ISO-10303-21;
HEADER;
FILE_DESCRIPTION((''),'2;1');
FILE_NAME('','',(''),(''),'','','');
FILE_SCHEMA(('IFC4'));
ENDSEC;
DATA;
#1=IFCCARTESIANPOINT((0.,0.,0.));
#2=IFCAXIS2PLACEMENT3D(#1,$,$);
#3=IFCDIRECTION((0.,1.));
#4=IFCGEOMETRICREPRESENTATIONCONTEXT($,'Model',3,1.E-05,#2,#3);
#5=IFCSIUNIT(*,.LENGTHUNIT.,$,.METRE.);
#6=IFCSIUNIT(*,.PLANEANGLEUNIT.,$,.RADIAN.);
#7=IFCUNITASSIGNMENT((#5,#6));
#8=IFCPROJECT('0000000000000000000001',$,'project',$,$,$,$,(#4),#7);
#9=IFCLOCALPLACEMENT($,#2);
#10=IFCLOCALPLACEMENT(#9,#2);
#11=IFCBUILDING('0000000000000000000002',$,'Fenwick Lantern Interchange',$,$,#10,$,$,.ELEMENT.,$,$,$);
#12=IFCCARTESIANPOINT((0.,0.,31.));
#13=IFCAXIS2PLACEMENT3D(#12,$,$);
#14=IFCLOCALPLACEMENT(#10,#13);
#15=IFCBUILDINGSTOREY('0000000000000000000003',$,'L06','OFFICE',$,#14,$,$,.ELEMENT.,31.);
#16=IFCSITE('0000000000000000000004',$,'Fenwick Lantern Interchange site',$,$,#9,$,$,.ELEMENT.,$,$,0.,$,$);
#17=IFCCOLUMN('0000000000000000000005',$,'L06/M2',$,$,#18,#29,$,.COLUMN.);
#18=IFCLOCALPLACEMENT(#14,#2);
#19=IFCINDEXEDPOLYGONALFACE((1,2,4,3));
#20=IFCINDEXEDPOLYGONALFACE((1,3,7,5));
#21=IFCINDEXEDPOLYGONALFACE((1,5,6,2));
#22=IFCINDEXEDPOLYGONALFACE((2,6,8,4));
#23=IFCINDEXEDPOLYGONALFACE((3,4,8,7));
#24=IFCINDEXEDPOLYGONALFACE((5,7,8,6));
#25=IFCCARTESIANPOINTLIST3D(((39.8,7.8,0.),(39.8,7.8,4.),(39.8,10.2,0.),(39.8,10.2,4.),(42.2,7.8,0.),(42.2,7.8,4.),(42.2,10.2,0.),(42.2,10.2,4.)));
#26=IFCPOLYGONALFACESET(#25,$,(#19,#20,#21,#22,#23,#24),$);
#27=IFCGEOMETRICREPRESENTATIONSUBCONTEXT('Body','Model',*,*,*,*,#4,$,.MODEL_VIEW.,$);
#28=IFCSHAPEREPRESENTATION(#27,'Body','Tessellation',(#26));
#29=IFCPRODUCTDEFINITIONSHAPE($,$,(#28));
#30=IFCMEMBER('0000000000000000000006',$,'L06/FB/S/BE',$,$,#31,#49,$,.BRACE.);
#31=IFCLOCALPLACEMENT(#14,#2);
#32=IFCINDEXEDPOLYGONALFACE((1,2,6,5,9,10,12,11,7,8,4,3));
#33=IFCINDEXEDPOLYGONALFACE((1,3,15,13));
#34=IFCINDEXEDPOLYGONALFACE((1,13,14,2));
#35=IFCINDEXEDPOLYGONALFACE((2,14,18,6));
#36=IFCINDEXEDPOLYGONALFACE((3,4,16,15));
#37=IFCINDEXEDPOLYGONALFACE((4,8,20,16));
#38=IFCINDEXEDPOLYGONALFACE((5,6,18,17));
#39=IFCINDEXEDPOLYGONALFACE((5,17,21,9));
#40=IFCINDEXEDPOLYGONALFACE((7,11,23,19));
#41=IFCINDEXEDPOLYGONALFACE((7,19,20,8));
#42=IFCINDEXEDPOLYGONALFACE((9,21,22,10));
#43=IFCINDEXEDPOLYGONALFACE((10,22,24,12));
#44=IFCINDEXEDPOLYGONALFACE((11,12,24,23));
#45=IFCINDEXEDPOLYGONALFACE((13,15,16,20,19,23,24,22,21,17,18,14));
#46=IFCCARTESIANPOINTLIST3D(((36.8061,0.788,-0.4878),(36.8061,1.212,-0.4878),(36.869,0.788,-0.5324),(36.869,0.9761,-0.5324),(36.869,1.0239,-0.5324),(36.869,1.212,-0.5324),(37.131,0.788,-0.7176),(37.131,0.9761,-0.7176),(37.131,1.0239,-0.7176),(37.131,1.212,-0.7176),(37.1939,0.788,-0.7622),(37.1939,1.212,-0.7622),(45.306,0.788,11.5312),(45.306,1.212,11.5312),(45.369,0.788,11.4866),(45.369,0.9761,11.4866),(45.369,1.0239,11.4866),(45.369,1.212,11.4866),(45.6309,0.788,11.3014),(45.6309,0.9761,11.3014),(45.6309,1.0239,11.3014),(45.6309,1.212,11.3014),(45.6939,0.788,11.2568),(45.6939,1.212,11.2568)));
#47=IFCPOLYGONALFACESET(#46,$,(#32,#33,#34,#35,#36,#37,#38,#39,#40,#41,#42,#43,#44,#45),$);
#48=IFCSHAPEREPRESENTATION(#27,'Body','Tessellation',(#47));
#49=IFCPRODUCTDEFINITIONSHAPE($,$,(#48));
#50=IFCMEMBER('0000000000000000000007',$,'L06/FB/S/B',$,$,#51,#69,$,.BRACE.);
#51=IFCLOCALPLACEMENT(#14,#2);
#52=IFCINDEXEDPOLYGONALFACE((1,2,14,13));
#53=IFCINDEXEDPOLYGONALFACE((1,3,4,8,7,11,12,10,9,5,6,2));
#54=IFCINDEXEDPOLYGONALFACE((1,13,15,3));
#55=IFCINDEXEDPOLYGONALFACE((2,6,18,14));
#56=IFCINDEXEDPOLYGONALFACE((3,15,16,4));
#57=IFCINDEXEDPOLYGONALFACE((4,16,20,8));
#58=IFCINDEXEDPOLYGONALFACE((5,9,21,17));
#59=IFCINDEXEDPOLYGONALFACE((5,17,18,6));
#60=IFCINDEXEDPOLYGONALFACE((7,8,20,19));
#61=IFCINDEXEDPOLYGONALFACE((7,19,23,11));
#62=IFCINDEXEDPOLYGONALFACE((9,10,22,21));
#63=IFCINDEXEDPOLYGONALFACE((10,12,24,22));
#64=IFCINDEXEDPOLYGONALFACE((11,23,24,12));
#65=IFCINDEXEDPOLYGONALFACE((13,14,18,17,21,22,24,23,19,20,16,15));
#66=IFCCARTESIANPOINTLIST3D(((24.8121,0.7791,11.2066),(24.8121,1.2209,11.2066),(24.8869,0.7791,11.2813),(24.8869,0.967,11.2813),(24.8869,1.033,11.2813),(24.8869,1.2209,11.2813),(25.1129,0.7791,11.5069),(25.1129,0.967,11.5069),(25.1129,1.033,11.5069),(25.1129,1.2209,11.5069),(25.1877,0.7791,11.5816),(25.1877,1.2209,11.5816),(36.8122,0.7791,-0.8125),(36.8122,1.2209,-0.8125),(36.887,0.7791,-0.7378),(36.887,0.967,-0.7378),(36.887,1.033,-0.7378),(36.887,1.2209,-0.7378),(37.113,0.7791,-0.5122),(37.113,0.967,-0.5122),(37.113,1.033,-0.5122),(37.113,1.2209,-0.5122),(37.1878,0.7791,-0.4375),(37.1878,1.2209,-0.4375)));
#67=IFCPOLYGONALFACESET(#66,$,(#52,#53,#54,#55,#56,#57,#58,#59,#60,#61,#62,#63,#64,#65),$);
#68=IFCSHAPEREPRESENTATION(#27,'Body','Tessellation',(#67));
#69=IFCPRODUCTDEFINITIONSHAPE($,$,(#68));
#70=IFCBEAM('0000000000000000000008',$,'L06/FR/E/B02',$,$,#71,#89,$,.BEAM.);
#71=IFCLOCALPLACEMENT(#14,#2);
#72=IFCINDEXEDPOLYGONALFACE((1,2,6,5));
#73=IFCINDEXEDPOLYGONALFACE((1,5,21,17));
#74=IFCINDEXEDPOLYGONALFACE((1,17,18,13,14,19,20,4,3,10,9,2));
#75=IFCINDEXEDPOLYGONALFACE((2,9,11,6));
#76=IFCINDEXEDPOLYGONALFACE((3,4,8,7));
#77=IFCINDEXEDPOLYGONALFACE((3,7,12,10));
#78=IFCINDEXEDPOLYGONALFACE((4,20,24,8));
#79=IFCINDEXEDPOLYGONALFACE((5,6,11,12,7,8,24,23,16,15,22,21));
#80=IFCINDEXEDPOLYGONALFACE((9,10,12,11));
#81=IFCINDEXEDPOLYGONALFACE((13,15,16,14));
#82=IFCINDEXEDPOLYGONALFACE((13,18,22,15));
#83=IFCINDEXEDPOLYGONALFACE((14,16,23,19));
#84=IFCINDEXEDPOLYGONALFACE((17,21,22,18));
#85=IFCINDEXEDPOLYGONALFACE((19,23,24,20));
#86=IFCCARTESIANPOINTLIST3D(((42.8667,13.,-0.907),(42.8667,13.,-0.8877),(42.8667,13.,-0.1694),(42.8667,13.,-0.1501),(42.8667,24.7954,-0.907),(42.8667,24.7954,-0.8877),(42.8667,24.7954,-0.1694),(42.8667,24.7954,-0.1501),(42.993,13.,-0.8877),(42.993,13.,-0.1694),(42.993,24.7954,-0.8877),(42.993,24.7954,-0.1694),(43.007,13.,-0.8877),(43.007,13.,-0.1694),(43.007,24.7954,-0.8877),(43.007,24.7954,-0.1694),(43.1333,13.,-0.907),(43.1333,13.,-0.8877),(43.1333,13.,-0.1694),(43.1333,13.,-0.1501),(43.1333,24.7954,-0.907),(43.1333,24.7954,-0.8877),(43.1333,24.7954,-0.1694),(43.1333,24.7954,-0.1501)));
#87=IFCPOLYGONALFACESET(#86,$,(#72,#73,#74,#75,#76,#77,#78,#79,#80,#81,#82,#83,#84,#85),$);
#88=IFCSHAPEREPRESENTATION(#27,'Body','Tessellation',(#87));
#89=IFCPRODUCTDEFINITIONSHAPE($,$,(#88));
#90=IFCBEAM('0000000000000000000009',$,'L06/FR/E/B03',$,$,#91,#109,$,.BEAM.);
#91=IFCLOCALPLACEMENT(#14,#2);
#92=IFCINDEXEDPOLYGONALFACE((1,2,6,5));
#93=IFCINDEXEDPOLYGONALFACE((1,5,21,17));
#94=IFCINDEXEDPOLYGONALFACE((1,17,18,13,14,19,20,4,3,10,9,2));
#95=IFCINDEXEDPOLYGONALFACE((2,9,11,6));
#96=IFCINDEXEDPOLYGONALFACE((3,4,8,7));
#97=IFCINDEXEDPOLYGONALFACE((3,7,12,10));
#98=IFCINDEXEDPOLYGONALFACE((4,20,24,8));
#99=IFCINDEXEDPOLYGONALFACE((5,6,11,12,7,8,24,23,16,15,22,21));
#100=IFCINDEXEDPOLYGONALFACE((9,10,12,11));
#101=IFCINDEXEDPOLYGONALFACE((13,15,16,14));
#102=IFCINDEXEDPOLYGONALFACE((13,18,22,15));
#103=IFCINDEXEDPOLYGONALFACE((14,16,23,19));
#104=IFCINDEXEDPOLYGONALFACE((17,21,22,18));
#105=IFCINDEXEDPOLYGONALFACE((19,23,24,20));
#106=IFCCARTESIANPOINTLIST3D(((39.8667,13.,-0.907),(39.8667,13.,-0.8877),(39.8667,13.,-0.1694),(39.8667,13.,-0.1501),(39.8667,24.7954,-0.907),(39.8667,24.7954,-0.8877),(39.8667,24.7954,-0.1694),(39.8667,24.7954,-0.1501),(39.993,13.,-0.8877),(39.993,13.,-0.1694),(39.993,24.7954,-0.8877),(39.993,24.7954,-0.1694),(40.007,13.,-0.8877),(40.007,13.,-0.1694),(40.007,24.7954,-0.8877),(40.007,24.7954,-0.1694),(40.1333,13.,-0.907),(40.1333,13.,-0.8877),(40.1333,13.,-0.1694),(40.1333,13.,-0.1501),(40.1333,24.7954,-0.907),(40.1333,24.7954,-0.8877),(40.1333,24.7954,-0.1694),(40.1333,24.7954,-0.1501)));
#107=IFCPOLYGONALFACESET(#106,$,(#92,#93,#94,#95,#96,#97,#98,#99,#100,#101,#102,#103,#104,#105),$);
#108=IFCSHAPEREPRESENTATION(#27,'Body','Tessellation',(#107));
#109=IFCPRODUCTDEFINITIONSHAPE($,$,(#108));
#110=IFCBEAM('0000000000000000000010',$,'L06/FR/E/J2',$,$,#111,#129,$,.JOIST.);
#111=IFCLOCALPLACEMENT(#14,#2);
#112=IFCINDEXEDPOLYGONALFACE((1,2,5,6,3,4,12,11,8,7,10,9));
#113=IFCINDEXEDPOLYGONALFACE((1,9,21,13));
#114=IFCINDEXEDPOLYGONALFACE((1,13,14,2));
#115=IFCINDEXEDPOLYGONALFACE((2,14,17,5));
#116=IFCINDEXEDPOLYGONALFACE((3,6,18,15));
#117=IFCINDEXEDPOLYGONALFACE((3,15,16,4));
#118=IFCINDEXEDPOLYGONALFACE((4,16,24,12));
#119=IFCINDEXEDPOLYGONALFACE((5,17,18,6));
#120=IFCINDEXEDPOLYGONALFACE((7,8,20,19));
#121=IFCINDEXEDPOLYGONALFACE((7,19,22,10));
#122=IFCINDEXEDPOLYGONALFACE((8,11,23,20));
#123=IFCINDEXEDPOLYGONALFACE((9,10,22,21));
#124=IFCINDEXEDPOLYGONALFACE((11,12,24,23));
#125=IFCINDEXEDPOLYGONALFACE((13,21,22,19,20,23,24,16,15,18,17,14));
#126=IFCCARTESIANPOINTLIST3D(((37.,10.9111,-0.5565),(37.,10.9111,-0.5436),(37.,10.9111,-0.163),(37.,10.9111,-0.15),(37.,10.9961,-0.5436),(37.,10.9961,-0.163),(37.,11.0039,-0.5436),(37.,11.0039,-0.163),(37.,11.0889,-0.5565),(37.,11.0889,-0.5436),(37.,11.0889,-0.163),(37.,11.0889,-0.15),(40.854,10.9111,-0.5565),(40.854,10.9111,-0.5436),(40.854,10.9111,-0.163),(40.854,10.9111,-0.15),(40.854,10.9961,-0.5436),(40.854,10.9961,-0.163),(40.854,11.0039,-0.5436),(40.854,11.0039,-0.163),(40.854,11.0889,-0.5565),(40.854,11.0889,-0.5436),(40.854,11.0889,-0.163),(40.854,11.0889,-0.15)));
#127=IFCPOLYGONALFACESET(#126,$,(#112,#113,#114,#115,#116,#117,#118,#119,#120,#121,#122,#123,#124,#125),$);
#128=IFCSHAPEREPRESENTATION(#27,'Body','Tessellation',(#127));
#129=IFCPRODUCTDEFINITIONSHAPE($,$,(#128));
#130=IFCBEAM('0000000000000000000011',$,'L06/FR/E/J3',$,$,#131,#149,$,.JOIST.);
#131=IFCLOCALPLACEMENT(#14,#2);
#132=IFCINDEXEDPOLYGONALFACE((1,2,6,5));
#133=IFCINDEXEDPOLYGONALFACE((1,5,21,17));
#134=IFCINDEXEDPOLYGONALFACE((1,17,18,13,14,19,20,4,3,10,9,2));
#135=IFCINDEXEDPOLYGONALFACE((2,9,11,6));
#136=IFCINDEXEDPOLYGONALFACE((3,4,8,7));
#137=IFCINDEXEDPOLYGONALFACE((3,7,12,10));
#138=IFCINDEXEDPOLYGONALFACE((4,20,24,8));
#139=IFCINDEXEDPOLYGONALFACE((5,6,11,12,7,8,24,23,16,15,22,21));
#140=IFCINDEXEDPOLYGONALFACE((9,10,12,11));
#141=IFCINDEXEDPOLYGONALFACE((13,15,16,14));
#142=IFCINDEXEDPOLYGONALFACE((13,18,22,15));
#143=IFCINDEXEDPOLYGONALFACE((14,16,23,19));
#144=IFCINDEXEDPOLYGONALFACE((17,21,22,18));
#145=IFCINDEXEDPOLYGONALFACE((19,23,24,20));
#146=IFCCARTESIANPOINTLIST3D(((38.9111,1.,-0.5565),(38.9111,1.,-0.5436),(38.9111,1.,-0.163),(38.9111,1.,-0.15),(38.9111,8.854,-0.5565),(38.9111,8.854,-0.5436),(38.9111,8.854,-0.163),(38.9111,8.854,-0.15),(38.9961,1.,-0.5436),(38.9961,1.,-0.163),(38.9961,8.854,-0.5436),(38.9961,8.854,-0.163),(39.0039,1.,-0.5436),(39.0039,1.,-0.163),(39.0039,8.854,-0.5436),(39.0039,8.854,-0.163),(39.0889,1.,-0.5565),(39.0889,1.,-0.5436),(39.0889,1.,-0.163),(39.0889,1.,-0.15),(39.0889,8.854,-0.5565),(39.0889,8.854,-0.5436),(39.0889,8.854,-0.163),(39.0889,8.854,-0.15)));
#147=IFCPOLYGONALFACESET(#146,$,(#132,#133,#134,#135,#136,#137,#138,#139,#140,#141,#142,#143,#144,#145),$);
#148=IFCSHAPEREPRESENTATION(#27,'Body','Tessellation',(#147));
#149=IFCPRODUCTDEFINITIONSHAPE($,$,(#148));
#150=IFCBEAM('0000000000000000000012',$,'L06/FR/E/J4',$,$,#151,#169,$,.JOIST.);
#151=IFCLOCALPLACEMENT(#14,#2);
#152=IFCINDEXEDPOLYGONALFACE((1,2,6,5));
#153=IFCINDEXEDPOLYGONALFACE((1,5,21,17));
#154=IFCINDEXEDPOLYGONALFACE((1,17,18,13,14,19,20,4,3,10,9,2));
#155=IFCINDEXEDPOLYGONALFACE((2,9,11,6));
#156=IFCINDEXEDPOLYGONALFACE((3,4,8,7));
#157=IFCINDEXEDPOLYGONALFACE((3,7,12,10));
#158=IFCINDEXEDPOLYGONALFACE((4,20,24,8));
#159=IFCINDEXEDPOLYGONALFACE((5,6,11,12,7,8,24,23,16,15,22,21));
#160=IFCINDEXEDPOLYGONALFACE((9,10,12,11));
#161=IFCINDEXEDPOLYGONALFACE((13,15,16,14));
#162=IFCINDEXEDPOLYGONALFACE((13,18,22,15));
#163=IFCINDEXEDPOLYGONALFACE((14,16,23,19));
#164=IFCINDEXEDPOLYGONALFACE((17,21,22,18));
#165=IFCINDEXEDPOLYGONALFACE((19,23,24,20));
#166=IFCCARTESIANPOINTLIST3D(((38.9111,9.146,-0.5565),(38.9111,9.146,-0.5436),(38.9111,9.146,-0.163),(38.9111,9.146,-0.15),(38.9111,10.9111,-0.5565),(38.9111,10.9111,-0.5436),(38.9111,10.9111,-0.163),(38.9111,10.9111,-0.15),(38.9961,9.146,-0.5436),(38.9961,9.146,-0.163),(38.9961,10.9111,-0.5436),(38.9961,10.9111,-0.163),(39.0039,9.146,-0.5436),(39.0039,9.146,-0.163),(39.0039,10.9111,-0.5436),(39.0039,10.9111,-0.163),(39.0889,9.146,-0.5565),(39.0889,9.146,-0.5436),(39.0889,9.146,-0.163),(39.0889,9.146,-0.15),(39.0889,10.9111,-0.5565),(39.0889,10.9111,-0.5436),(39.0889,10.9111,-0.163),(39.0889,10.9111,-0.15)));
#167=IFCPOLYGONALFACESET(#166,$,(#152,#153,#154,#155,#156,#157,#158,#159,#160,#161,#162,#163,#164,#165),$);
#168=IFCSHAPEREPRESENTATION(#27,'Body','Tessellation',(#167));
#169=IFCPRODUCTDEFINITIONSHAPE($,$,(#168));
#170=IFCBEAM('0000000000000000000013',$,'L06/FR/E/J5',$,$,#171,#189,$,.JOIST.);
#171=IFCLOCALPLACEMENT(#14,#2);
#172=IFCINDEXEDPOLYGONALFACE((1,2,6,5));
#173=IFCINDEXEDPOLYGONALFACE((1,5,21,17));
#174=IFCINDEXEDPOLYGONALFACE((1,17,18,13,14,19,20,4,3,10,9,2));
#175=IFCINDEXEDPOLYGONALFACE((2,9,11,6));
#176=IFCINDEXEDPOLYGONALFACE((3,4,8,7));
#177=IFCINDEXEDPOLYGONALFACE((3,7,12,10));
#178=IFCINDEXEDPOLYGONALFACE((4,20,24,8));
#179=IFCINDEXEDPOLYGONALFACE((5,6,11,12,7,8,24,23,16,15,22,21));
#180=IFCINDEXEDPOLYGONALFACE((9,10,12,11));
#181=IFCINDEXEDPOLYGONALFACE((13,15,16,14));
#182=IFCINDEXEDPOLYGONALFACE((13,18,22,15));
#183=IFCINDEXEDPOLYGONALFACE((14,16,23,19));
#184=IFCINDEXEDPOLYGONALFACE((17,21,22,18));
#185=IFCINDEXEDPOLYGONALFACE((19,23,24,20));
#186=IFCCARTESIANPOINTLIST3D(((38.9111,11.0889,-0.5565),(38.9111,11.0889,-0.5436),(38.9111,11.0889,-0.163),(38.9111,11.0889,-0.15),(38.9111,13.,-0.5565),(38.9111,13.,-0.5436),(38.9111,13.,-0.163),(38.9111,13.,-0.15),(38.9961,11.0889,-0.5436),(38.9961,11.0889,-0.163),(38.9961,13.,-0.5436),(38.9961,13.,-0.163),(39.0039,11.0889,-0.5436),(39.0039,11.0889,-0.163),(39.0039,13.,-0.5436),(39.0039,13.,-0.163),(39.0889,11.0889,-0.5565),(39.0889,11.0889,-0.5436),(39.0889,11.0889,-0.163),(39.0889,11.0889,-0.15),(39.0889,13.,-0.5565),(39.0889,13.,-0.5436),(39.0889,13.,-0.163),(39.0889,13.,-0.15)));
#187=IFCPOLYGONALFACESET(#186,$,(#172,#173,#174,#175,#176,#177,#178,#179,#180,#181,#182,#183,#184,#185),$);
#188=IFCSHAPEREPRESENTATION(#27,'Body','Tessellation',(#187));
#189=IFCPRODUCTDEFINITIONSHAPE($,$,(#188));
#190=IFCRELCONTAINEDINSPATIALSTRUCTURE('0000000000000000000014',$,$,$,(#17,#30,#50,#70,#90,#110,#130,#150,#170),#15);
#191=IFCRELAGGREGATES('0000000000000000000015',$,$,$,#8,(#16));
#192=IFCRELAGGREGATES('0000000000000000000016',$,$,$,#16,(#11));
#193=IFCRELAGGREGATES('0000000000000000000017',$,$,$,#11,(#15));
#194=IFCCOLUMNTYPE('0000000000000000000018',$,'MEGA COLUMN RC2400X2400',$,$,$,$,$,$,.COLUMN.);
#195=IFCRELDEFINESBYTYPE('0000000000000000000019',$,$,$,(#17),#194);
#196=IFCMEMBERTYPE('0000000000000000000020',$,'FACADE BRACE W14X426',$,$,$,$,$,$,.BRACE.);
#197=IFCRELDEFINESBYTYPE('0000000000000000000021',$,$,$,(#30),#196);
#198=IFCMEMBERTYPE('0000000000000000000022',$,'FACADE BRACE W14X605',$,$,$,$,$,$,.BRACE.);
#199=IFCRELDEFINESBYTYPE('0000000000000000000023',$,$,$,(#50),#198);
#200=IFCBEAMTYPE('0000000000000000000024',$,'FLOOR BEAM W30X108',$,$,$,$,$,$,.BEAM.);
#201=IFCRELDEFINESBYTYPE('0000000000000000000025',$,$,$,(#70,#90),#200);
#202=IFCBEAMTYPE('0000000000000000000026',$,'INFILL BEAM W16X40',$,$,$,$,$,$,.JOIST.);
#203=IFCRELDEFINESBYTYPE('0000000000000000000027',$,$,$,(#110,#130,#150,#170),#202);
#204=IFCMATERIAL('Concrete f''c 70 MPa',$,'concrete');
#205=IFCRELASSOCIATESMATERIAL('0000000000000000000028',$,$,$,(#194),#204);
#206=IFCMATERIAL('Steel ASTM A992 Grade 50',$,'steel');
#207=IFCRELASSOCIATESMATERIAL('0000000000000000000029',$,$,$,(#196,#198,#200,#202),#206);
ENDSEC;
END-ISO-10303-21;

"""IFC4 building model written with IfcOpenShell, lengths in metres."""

from ifc_helpers import new_model, si_unit, direction, frame, origin, origin_2d, place, context, subcontext, project, spatial, rectangle, i_section, extrude, material, material_profile, profile_set, type_object, element, save


model = new_model("IFC4")

# Units and contexts
model_context = context("Model", 3, precision=1e-05, world=origin(), true_north=direction((0.0, 1.0)))
body_context = subcontext(model_context, "Body", "Model", "MODEL_VIEW")
ifc_project = project(units=[si_unit("LENGTHUNIT", "METRE"), si_unit("PLANEANGLEUNIT", "RADIAN")], contexts=[model_context])

# Site, building, storey
site_placement = place(None, origin())
site = spatial("IfcSite", under=ifc_project, at=site_placement, Name="Fenwick Lantern Interchange site", CompositionType="ELEMENT", RefElevation=0.0)
building_placement = place(site_placement, origin())
building = spatial("IfcBuilding", under=site, at=building_placement, Name="Fenwick Lantern Interchange", CompositionType="ELEMENT")
storey_placement = place(building_placement, frame((0.0, 0.0, 31.0)))
storey = spatial("IfcBuildingStorey", under=building, at=storey_placement, Name="L06", Description="OFFICE", CompositionType="ELEMENT", Elevation=31.0)

# Column
ifc_material_1 = material(Name="Concrete f'c 70 MPa", Category="concrete")
ifc_material_profile_1 = material_profile(ifc_material_1, rectangle(XDim=2.3999, YDim=2.3999, at=origin_2d()), Name="RC2400X2400")
ifc_profile_set_1 = profile_set([ifc_material_profile_1], Name="Concrete f'c 70 MPa")
column_type = type_object("IfcColumnType", Name="MEGA COLUMN RC2400X2400", PredefinedType="COLUMN", material=ifc_profile_set_1)
column_placement = place(storey_placement, frame((41.0, 9.0, 0.0), z_axis=(0.0, 0.0, 1.0), x_axis=(1.0, 0.0, 0.0)))
element("IfcColumn", 1, at=column_placement, inside=storey, type_object=column_type, Name="L06/M2", PredefinedType="COLUMN", context=body_context, shape_type="SweptSolid", body=[
    extrude(rectangle(XDim=2.3999, YDim=2.3999, at=origin_2d()), origin(), (0.0, 0.0, 1.0), 4.0),
])

# Members
ifc_material_2 = material(Name="Steel ASTM A992 Grade 50", Category="steel")
ifc_material_profile_2 = material_profile(ifc_material_2, i_section(OverallWidth=0.4241, OverallDepth=0.4751, WebThickness=0.0479, FlangeThickness=0.0771, at=origin_2d()), Name="W14X426")
ifc_profile_set_2 = profile_set([ifc_material_profile_2], Name="Steel ASTM A992 Grade 50")
member_type_1 = type_object("IfcMemberType", Name="FACADE BRACE W14X426", PredefinedType="BRACE", material=ifc_profile_set_2)
member_1_placement = place(storey_placement, frame((37.0, 1.0, -0.625), z_axis=(0.577407, 0.0, 0.816456), x_axis=(0.0, 1.0, 0.0)))
element("IfcMember", 2, at=member_1_placement, inside=storey, type_object=member_type_1, Name="L06/FB/S/BE", PredefinedType="BRACE", context=body_context, shape_type="SweptSolid", body=[
    extrude(i_section(OverallWidth=0.4241, OverallDepth=0.4751, WebThickness=0.0479, FlangeThickness=0.0771, at=origin_2d()), origin(), (0.0, 0.0, 1.0), 14.7209),
])
ifc_material_profile_3 = material_profile(ifc_material_2, i_section(OverallWidth=0.4419, OverallDepth=0.5308, WebThickness=0.0659, FlangeThickness=0.1057, at=origin_2d()), Name="W14X605")
ifc_profile_set_3 = profile_set([ifc_material_profile_3], Name="Steel ASTM A992 Grade 50")
member_type_2 = type_object("IfcMemberType", Name="FACADE BRACE W14X605", PredefinedType="BRACE", material=ifc_profile_set_3)
member_2_placement = place(storey_placement, frame((37.0, 1.0, -0.625), z_axis=(-0.706546, 0.0, 0.707667), x_axis=(0.0, -1.0, 0.0)))
element("IfcMember", 3, at=member_2_placement, inside=storey, type_object=member_type_2, Name="L06/FB/S/B", PredefinedType="BRACE", context=body_context, shape_type="SweptSolid", body=[
    extrude(i_section(OverallWidth=0.4419, OverallDepth=0.5308, WebThickness=0.0659, FlangeThickness=0.1057, at=origin_2d()), origin(), (0.0, 0.0, 1.0), 16.9841),
])

# Beams
ifc_material_profile_4 = material_profile(ifc_material_2, i_section(OverallWidth=0.2666, OverallDepth=0.7568, WebThickness=0.0139, FlangeThickness=0.0193, at=origin_2d()), Name="W30X108")
ifc_profile_set_4 = profile_set([ifc_material_profile_4], Name="Steel ASTM A992 Grade 50")
beam_type_1 = type_object("IfcBeamType", Name="FLOOR BEAM W30X108", PredefinedType="BEAM", material=ifc_profile_set_4)
for number, where, z_axis, x_axis, name in (
    (4, (43.0, 13.0, -0.5286), (0.0, 1.0, 0.0), (-1.0, 0.0, 0.0), "L06/FR/E/B02"),
    (5, (40.0, 13.0, -0.5286), (0.0, 1.0, 0.0), (-1.0, 0.0, 0.0), "L06/FR/E/B03"),
):
    element("IfcBeam", number, at=place(storey_placement, frame(where, z_axis=z_axis, x_axis=x_axis)), inside=storey, type_object=beam_type_1, Name=name, PredefinedType="BEAM", context=body_context, shape_type="SweptSolid", body=[
        extrude(i_section(OverallWidth=0.2666, OverallDepth=0.7568, WebThickness=0.0139, FlangeThickness=0.0193, at=origin_2d()), origin(), (0.0, 0.0, 1.0), 11.7954),
    ])
ifc_material_profile_5 = material_profile(ifc_material_2, i_section(OverallWidth=0.1777, OverallDepth=0.4065, WebThickness=0.0078, FlangeThickness=0.0129, at=origin_2d()), Name="W16X40")
ifc_profile_set_5 = profile_set([ifc_material_profile_5], Name="Steel ASTM A992 Grade 50")
beam_type_2 = type_object("IfcBeamType", Name="INFILL BEAM W16X40", PredefinedType="JOIST", material=ifc_profile_set_5)
beam_1_placement = place(storey_placement, frame((40.854, 11.0, -0.3533), z_axis=(-1.0, 0.0, 0.0), x_axis=(0.0, -1.0, 0.0)))
element("IfcBeam", 6, at=beam_1_placement, inside=storey, type_object=beam_type_2, Name="L06/FR/E/J2", PredefinedType="JOIST", context=body_context, shape_type="SweptSolid", body=[
    extrude(i_section(OverallWidth=0.1777, OverallDepth=0.4065, WebThickness=0.0078, FlangeThickness=0.0129, at=origin_2d()), origin(), (0.0, 0.0, 1.0), 3.854),
])
beam_2_placement = place(storey_placement, frame((39.0, 1.0, -0.3533), z_axis=(0.0, 1.0, 0.0), x_axis=(-1.0, 0.0, 0.0)))
element("IfcBeam", 7, at=beam_2_placement, inside=storey, type_object=beam_type_2, Name="L06/FR/E/J3", PredefinedType="JOIST", context=body_context, shape_type="SweptSolid", body=[
    extrude(i_section(OverallWidth=0.1777, OverallDepth=0.4065, WebThickness=0.0078, FlangeThickness=0.0129, at=origin_2d()), origin(), (0.0, 0.0, 1.0), 7.854),
])
beam_3_placement = place(storey_placement, frame((39.0, 9.146, -0.3533), z_axis=(0.0, 1.0, 0.0), x_axis=(-1.0, 0.0, 0.0)))
element("IfcBeam", 8, at=beam_3_placement, inside=storey, type_object=beam_type_2, Name="L06/FR/E/J4", PredefinedType="JOIST", context=body_context, shape_type="SweptSolid", body=[
    extrude(i_section(OverallWidth=0.1777, OverallDepth=0.4065, WebThickness=0.0078, FlangeThickness=0.0129, at=origin_2d()), origin(), (0.0, 0.0, 1.0), 1.7651),
])
beam_4_placement = place(storey_placement, frame((39.0, 11.0889, -0.3533), z_axis=(0.0, 1.0, 0.0), x_axis=(-1.0, 0.0, 0.0)))
element("IfcBeam", 9, at=beam_4_placement, inside=storey, type_object=beam_type_2, Name="L06/FR/E/J5", PredefinedType="JOIST", context=body_context, shape_type="SweptSolid", body=[
    extrude(i_section(OverallWidth=0.1777, OverallDepth=0.4065, WebThickness=0.0078, FlangeThickness=0.0129, at=origin_2d()), origin(), (0.0, 0.0, 1.0), 1.9111),
])

save(model, "model.ifc")
